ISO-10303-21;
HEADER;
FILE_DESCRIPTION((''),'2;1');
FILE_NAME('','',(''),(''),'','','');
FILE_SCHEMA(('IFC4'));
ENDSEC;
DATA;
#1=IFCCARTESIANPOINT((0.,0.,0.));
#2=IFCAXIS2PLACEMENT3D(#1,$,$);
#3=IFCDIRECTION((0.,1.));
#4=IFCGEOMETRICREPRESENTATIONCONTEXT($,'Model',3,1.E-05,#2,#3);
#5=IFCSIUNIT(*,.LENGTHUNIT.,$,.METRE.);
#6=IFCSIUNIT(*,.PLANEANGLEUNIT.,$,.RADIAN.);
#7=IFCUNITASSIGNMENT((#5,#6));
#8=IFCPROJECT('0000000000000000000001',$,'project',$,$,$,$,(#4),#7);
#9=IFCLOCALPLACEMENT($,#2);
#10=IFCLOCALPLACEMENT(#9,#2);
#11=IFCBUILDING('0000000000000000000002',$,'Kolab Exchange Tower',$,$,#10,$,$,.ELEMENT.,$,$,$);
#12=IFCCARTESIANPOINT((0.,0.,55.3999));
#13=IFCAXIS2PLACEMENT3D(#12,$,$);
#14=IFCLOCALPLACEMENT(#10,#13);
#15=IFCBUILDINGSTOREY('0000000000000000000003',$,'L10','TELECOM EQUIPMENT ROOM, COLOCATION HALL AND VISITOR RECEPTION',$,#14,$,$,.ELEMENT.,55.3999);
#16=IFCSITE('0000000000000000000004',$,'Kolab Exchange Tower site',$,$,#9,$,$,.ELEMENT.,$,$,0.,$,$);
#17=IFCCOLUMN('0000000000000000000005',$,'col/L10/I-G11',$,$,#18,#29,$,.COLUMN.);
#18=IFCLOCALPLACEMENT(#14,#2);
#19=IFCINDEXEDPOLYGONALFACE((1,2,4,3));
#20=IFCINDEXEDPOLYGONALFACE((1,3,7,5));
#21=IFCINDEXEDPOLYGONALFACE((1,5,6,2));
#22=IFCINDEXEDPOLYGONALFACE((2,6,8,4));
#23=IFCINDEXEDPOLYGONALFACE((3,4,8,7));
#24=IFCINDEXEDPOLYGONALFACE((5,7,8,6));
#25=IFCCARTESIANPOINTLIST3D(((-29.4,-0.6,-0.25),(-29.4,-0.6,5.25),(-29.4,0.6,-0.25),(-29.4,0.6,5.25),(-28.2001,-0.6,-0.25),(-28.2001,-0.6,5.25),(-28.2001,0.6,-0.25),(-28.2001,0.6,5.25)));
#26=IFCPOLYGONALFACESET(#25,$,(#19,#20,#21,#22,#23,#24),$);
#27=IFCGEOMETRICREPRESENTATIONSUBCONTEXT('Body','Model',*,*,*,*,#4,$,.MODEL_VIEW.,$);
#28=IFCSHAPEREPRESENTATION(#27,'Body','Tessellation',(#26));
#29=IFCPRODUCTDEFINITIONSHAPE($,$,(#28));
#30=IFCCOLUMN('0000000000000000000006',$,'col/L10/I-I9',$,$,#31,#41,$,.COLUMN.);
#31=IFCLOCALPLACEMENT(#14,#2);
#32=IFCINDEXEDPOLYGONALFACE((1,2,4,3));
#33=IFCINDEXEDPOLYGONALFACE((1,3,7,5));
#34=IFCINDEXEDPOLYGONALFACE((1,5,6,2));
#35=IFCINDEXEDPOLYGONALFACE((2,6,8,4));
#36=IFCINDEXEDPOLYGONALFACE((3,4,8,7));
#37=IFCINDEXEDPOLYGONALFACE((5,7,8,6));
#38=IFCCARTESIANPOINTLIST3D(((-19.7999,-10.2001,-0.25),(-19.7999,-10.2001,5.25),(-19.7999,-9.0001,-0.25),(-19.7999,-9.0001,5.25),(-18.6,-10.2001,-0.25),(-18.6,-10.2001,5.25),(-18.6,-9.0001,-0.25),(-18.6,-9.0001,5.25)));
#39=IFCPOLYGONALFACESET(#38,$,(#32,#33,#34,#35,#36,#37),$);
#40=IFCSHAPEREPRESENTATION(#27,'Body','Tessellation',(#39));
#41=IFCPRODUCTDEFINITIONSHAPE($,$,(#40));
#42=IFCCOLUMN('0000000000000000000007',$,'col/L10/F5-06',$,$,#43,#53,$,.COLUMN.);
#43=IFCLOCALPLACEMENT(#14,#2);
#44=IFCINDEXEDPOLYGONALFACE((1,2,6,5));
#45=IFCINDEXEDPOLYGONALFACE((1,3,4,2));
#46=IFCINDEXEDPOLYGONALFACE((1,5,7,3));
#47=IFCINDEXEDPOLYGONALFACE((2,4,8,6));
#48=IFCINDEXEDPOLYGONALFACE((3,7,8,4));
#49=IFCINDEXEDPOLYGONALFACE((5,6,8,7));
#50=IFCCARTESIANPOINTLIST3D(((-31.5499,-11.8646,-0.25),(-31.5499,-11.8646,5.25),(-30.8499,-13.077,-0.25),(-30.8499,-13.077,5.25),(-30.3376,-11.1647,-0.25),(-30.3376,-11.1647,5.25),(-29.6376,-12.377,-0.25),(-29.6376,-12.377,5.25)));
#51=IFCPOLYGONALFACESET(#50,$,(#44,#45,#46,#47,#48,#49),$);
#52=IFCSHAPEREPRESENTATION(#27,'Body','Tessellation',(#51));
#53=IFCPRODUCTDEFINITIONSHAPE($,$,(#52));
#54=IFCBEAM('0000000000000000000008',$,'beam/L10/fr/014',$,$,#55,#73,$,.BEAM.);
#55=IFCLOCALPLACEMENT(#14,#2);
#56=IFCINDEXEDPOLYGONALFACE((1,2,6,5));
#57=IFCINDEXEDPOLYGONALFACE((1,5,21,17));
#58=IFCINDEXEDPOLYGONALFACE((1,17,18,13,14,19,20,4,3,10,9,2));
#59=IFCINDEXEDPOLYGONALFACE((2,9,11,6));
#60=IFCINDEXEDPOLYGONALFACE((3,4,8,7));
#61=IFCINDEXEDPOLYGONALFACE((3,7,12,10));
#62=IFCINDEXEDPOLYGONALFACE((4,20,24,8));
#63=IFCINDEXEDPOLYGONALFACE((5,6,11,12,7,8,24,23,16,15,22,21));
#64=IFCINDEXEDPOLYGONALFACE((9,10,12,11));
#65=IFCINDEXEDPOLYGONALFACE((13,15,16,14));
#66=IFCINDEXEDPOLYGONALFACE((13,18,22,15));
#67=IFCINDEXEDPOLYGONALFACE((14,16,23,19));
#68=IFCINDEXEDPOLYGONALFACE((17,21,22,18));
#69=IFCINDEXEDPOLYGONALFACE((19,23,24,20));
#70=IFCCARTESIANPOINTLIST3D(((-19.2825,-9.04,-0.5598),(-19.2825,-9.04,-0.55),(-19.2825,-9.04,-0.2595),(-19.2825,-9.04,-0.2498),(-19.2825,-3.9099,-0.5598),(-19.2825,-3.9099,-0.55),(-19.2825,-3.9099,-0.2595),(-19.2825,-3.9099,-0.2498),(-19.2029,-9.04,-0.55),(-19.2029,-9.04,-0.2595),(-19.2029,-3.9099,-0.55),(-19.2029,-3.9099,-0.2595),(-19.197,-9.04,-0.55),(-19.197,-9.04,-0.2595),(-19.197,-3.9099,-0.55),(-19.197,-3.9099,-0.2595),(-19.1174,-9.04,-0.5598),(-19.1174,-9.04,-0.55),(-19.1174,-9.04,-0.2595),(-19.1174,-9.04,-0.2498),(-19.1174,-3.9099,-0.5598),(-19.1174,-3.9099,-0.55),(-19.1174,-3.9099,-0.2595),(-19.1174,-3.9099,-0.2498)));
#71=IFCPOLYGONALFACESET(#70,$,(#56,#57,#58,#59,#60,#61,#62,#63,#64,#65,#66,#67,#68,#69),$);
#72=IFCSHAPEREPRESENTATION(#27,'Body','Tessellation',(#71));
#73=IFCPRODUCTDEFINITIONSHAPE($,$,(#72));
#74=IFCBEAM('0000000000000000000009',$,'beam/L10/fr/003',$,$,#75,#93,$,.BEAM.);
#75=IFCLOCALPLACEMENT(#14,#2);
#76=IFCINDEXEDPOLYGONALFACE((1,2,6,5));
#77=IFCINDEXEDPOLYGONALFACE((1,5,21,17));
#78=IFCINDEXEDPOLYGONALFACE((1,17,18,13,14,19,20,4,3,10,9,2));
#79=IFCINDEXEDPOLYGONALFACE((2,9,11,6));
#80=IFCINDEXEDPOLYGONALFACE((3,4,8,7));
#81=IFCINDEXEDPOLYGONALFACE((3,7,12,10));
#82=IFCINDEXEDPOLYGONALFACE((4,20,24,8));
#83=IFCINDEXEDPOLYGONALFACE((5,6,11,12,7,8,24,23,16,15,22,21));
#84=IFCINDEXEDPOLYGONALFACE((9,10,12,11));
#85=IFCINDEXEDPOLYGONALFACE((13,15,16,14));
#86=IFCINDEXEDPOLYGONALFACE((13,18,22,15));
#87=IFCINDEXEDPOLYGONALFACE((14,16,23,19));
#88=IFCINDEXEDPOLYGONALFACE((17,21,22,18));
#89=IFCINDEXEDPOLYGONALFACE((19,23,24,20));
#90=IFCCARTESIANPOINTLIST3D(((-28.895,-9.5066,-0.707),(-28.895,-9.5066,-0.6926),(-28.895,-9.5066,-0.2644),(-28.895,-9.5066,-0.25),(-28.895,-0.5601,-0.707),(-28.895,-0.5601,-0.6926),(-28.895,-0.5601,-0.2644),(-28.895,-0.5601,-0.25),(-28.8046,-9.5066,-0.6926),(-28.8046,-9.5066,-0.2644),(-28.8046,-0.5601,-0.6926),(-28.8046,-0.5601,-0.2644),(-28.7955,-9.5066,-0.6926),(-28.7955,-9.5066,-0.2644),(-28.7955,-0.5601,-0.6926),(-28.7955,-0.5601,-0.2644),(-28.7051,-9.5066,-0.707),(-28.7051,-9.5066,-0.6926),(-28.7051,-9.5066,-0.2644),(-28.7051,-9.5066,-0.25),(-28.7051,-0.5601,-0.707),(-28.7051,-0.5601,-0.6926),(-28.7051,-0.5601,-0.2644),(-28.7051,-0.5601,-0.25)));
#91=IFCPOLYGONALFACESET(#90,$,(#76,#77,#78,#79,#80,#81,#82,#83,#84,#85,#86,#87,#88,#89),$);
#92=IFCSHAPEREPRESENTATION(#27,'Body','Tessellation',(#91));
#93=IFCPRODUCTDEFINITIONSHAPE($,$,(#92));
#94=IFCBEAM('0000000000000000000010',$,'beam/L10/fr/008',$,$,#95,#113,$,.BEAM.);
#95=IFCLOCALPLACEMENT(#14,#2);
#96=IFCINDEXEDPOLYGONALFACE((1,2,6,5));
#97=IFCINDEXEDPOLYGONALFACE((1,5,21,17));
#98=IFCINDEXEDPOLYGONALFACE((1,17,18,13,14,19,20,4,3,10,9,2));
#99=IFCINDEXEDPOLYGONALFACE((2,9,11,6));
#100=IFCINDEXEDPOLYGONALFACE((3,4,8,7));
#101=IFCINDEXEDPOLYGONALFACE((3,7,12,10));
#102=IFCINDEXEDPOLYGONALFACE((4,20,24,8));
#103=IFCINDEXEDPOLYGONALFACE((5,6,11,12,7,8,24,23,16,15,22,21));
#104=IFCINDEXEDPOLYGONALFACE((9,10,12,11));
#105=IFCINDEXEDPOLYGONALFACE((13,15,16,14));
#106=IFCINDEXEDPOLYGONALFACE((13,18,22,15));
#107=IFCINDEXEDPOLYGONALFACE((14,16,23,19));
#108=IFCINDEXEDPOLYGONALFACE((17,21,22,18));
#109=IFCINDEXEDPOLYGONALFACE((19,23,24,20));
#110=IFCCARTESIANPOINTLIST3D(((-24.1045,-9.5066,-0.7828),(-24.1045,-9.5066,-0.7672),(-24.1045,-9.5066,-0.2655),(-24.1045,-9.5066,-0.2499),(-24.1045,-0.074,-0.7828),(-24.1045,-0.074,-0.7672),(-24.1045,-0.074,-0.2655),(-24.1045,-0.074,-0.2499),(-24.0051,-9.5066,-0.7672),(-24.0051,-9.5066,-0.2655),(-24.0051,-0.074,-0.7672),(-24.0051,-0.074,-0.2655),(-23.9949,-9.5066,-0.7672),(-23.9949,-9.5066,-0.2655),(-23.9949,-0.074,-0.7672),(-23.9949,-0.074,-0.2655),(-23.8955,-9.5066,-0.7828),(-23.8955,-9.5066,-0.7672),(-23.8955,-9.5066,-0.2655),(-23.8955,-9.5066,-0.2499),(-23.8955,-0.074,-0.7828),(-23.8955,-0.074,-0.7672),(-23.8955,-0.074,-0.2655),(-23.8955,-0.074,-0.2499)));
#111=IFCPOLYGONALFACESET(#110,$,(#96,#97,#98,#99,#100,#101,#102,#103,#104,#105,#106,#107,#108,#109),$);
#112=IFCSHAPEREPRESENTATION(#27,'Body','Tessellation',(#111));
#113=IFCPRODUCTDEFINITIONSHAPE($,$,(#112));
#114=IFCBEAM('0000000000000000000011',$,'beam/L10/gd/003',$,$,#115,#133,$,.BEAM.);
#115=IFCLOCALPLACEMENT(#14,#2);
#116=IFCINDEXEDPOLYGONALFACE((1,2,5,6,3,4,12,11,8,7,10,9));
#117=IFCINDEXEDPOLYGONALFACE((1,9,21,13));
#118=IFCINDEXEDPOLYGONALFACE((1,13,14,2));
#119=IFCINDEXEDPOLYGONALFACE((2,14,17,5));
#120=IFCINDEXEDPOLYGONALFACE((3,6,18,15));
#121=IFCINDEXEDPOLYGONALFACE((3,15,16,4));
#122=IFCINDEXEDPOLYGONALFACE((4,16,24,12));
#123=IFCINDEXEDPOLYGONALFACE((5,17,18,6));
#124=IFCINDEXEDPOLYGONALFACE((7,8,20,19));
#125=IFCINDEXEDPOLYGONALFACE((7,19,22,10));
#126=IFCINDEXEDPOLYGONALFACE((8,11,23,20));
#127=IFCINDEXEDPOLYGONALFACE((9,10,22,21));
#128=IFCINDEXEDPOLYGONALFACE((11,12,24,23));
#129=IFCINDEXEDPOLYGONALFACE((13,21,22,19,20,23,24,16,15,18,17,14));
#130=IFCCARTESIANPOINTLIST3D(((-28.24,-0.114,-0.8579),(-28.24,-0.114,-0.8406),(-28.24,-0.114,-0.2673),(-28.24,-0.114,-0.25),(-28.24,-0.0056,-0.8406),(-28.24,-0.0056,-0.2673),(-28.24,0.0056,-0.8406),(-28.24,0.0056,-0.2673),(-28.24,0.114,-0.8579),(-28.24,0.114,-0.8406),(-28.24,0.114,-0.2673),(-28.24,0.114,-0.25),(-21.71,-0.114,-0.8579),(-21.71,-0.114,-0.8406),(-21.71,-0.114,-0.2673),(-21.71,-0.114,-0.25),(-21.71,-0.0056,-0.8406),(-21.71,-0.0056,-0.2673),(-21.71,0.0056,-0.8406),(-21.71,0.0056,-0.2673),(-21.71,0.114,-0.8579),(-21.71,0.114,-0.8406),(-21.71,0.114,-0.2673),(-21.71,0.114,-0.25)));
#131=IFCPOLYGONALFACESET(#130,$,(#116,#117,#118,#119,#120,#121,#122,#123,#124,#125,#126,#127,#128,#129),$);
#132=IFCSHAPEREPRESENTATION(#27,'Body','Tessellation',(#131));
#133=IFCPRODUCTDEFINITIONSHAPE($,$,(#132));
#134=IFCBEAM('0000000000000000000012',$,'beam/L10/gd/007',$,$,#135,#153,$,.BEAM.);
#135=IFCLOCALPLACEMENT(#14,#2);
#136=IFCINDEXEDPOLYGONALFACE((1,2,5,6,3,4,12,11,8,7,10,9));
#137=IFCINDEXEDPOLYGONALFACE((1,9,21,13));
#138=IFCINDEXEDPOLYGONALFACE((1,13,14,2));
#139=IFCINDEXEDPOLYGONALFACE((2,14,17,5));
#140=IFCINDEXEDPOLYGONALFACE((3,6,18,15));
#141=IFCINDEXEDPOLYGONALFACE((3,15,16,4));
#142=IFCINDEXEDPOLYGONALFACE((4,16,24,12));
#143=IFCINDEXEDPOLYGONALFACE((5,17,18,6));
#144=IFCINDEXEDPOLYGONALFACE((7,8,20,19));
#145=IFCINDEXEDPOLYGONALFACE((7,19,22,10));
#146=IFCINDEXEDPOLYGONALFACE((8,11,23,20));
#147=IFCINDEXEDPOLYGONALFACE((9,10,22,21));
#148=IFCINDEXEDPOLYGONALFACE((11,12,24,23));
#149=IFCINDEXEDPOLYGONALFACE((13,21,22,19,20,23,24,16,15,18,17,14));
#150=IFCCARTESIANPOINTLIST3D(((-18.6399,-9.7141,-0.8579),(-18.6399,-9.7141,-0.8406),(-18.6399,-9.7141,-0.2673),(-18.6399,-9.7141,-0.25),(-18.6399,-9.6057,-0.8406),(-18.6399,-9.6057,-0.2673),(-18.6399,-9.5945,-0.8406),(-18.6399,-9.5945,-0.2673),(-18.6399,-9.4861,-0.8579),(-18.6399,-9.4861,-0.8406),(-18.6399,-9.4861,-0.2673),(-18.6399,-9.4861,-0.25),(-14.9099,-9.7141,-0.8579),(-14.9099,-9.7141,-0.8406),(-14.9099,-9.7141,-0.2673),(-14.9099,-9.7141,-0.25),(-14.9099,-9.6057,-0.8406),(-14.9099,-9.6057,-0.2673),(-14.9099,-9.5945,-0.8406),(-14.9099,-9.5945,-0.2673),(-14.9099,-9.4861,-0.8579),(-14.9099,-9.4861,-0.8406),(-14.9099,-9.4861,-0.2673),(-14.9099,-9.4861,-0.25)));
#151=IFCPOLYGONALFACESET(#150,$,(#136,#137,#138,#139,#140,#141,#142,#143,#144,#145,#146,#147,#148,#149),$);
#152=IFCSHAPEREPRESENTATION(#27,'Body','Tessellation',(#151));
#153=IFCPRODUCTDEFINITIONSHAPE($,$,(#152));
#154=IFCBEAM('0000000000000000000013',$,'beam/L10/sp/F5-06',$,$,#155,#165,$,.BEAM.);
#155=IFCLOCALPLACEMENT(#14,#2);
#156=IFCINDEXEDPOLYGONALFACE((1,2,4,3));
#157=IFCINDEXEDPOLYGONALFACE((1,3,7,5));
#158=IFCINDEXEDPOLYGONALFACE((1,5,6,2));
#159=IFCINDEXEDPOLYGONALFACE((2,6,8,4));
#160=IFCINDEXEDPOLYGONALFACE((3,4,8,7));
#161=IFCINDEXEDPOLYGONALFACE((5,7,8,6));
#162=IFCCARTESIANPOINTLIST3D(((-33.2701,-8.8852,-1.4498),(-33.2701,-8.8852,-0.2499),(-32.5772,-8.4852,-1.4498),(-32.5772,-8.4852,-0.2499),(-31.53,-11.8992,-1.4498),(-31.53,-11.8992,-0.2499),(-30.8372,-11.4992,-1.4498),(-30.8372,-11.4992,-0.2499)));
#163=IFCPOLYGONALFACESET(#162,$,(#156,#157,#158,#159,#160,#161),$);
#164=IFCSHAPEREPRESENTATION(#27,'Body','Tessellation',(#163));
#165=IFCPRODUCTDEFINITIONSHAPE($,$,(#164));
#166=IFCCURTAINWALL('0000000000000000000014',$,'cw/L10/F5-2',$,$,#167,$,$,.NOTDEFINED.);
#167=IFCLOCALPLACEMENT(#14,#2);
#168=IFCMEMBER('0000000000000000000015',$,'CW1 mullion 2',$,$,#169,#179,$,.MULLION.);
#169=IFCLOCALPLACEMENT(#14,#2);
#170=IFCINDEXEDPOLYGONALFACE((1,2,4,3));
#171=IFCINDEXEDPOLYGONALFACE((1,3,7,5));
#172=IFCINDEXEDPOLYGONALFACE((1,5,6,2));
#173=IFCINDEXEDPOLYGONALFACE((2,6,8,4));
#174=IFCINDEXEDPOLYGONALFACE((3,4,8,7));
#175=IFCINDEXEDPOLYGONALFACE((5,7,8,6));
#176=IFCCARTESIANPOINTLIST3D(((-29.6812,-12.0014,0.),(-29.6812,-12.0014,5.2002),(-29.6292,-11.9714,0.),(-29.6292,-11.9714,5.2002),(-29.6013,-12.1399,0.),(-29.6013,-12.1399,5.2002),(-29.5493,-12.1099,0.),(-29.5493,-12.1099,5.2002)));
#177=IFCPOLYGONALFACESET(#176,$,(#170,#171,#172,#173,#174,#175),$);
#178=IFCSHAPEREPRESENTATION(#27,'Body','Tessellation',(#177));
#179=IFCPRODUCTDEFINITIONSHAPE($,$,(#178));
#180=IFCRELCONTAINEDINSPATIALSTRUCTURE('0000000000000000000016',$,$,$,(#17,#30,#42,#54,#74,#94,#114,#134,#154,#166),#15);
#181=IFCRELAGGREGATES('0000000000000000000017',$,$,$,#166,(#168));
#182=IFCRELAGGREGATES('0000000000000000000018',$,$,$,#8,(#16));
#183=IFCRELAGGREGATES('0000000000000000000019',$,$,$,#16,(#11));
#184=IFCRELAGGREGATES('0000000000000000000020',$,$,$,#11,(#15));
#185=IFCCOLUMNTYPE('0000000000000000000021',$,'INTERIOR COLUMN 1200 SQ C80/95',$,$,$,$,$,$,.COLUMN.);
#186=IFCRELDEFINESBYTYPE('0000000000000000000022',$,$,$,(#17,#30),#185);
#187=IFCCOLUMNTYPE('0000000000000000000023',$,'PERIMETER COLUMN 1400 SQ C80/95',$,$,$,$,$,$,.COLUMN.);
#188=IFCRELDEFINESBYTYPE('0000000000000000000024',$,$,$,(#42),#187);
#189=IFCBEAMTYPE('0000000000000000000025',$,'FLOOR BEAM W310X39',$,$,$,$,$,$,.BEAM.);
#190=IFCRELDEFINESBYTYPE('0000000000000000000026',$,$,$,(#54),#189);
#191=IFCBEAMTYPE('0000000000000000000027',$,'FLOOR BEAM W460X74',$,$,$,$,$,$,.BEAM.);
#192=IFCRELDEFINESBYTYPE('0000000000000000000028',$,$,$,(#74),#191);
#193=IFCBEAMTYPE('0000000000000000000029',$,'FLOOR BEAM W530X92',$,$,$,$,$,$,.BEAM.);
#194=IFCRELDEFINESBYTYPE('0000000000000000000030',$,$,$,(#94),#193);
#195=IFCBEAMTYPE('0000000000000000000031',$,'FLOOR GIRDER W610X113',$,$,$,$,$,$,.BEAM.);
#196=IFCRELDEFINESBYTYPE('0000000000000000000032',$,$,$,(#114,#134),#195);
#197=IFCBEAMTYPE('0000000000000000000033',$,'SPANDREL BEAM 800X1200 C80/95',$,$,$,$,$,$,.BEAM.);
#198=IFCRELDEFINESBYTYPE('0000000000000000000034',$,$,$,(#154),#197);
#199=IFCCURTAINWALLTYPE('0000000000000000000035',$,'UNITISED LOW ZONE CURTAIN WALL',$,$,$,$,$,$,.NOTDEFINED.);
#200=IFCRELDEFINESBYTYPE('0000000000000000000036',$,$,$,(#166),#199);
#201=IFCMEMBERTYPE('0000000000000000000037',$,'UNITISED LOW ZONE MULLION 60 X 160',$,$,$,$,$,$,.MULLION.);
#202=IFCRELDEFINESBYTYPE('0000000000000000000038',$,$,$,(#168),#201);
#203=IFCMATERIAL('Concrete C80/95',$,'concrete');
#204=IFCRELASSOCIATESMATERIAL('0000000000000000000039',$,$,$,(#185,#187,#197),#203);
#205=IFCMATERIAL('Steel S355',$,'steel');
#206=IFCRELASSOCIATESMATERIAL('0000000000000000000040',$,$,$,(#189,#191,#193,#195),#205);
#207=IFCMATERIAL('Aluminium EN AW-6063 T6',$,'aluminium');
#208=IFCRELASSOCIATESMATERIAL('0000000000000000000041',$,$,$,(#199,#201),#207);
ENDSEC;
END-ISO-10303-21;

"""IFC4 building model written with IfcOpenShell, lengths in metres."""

from ifc_helpers import new_model, si_unit, direction, frame, origin, origin_2d, place, context, subcontext, project, spatial, rectangle, i_section, extrude, material, material_profile, profile_set, type_object, element, aggregate, save


model = new_model("IFC4")

# Units and contexts
model_context = context("Model", 3, precision=1e-05, world=origin(), true_north=direction((0.0, 1.0)))
body_context = subcontext(model_context, "Body", "Model", "MODEL_VIEW")
ifc_project = project(units=[si_unit("LENGTHUNIT", "METRE"), si_unit("PLANEANGLEUNIT", "RADIAN")], contexts=[model_context])

# Site, building, storey
site_placement = place(None, origin())
site = spatial("IfcSite", under=ifc_project, at=site_placement, Name="Kolab Exchange Tower site", CompositionType="ELEMENT", RefElevation=0.0)
building_placement = place(site_placement, origin())
building = spatial("IfcBuilding", under=site, at=building_placement, Name="Kolab Exchange Tower", CompositionType="ELEMENT")
storey_placement = place(building_placement, frame((0.0, 0.0, 55.3999)))
storey = spatial("IfcBuildingStorey", under=building, at=storey_placement, Name="L10", Description="TELECOM EQUIPMENT ROOM, COLOCATION HALL AND VISITOR RECEPTION", CompositionType="ELEMENT", Elevation=55.3999)

# Columns
ifc_material_1 = material(Name="Concrete C80/95", Category="concrete")
ifc_material_profile_1 = material_profile(ifc_material_1, rectangle(XDim=1.2, YDim=1.2, at=origin_2d()), Name="RC1200")
ifc_profile_set_1 = profile_set([ifc_material_profile_1], Name="Concrete C80/95")
column_type_1 = type_object("IfcColumnType", Name="INTERIOR COLUMN 1200 SQ C80/95", PredefinedType="COLUMN", material=ifc_profile_set_1)
for number, where, z_axis, x_axis, name in (
    (1, (-28.8, 0.0, -0.25), (0.0, 0.0, 1.0), (1.0, 0.0, 0.0), "col/L10/I-G11"),
    (2, (-19.2, -9.6001, -0.25), (0.0, 0.0, 1.0), (1.0, 0.0, 0.0), "col/L10/I-I9"),
):
    element("IfcColumn", number, at=place(storey_placement, frame(where, z_axis=z_axis, x_axis=x_axis)), inside=storey, type_object=column_type_1, Name=name, PredefinedType="COLUMN", context=body_context, shape_type="SweptSolid", body=[
        extrude(rectangle(XDim=1.2, YDim=1.2, at=origin_2d()), origin(), (0.0, 0.0, 1.0), 5.5),
    ])
ifc_material_profile_2 = material_profile(ifc_material_1, rectangle(XDim=1.3999, YDim=1.3999, at=origin_2d()), Name="RC1400")
ifc_profile_set_2 = profile_set([ifc_material_profile_2], Name="Concrete C80/95")
column_type_2 = type_object("IfcColumnType", Name="PERIMETER COLUMN 1400 SQ C80/95", PredefinedType="COLUMN", material=ifc_profile_set_2)
column_placement = place(storey_placement, frame((-30.5938, -12.1208, -0.25), z_axis=(0.0, 0.0, 1.0), x_axis=(0.866025, 0.5, 0.0)))
element("IfcColumn", 3, at=column_placement, inside=storey, type_object=column_type_2, Name="col/L10/F5-06", PredefinedType="COLUMN", context=body_context, shape_type="SweptSolid", body=[
    extrude(rectangle(XDim=1.3999, YDim=1.3999, at=origin_2d()), origin(), (0.0, 0.0, 1.0), 5.5),
])

# Beams
ifc_material_2 = material(Name="Steel S355", Category="steel")
ifc_material_profile_3 = material_profile(ifc_material_2, i_section(OverallWidth=0.165, OverallDepth=0.3101, WebThickness=0.0059, FlangeThickness=0.0098, at=origin_2d()), Name="W310X39")
ifc_profile_set_3 = profile_set([ifc_material_profile_3], Name="Steel S355")
beam_type_1 = type_object("IfcBeamType", Name="FLOOR BEAM W310X39", PredefinedType="BEAM", material=ifc_profile_set_3)
beam_1_placement = place(storey_placement, frame((-19.2, -9.04, -0.4048), z_axis=(0.0, 1.0, 0.0), x_axis=(-1.0, 0.0, 0.0)))
element("IfcBeam", 4, at=beam_1_placement, inside=storey, type_object=beam_type_1, Name="beam/L10/fr/014", PredefinedType="BEAM", context=body_context, shape_type="SweptSolid", body=[
    extrude(i_section(OverallWidth=0.165, OverallDepth=0.3101, WebThickness=0.0059, FlangeThickness=0.0098, at=origin_2d()), origin(), (0.0, 0.0, 1.0), 5.1301),
])
ifc_material_profile_4 = material_profile(ifc_material_2, i_section(OverallWidth=0.1899, OverallDepth=0.457, WebThickness=0.009, FlangeThickness=0.0144, at=origin_2d()), Name="W460X74")
ifc_profile_set_4 = profile_set([ifc_material_profile_4], Name="Steel S355")
beam_type_2 = type_object("IfcBeamType", Name="FLOOR BEAM W460X74", PredefinedType="BEAM", material=ifc_profile_set_4)
beam_2_placement = place(storey_placement, frame((-28.8, -9.5066, -0.4785), z_axis=(0.0, 1.0, 0.0), x_axis=(-1.0, 0.0, 0.0)))
element("IfcBeam", 5, at=beam_2_placement, inside=storey, type_object=beam_type_2, Name="beam/L10/fr/003", PredefinedType="BEAM", context=body_context, shape_type="SweptSolid", body=[
    extrude(i_section(OverallWidth=0.1899, OverallDepth=0.457, WebThickness=0.009, FlangeThickness=0.0144, at=origin_2d()), origin(), (0.0, 0.0, 1.0), 8.9465),
])
ifc_material_profile_5 = material_profile(ifc_material_2, i_section(OverallWidth=0.209, OverallDepth=0.533, WebThickness=0.0103, FlangeThickness=0.0156, at=origin_2d()), Name="W530X92")
ifc_profile_set_5 = profile_set([ifc_material_profile_5], Name="Steel S355")
beam_type_3 = type_object("IfcBeamType", Name="FLOOR BEAM W530X92", PredefinedType="BEAM", material=ifc_profile_set_5)
beam_3_placement = place(storey_placement, frame((-24.0, -9.5066, -0.5164), z_axis=(0.0, 1.0, 0.0), x_axis=(-1.0, 0.0, 0.0)))
element("IfcBeam", 6, at=beam_3_placement, inside=storey, type_object=beam_type_3, Name="beam/L10/fr/008", PredefinedType="BEAM", context=body_context, shape_type="SweptSolid", body=[
    extrude(i_section(OverallWidth=0.209, OverallDepth=0.533, WebThickness=0.0103, FlangeThickness=0.0156, at=origin_2d()), origin(), (0.0, 0.0, 1.0), 9.4326),
])
ifc_material_profile_6 = material_profile(ifc_material_2, i_section(OverallWidth=0.228, OverallDepth=0.6079, WebThickness=0.0112, FlangeThickness=0.0173, at=origin_2d()), Name="W610X113")
ifc_profile_set_6 = profile_set([ifc_material_profile_6], Name="Steel S355")
beam_type_4 = type_object("IfcBeamType", Name="FLOOR GIRDER W610X113", PredefinedType="BEAM", material=ifc_profile_set_6)
beam_4_placement = place(storey_placement, frame((-28.24, 0.0, -0.554), z_axis=(1.0, 0.0, 0.0), x_axis=(0.0, 1.0, 0.0)))
element("IfcBeam", 7, at=beam_4_placement, inside=storey, type_object=beam_type_4, Name="beam/L10/gd/003", PredefinedType="BEAM", context=body_context, shape_type="SweptSolid", body=[
    extrude(i_section(OverallWidth=0.228, OverallDepth=0.6079, WebThickness=0.0112, FlangeThickness=0.0173, at=origin_2d()), origin(), (0.0, 0.0, 1.0), 6.53),
])
beam_5_placement = place(storey_placement, frame((-18.6399, -9.6001, -0.554), z_axis=(1.0, 0.0, 0.0), x_axis=(0.0, 1.0, 0.0)))
element("IfcBeam", 8, at=beam_5_placement, inside=storey, type_object=beam_type_4, Name="beam/L10/gd/007", PredefinedType="BEAM", context=body_context, shape_type="SweptSolid", body=[
    extrude(i_section(OverallWidth=0.228, OverallDepth=0.6079, WebThickness=0.0112, FlangeThickness=0.0173, at=origin_2d()), origin(), (0.0, 0.0, 1.0), 3.73),
])
ifc_material_profile_7 = material_profile(ifc_material_1, rectangle(XDim=0.8, YDim=1.2, at=origin_2d()), Name="RC800X1200")
ifc_profile_set_7 = profile_set([ifc_material_profile_7], Name="Concrete C80/95")
beam_type_5 = type_object("IfcBeamType", Name="SPANDREL BEAM 800X1200 C80/95", PredefinedType="BEAM", material=ifc_profile_set_7)
beam_6_placement = place(storey_placement, frame((-31.1836, -11.6992, -0.8499), z_axis=(-0.49998, 0.866037, 0.0), x_axis=(-0.866037, -0.49998, 0.0)))
element("IfcBeam", 9, at=beam_6_placement, inside=storey, type_object=beam_type_5, Name="beam/L10/sp/F5-06", PredefinedType="BEAM", context=body_context, shape_type="SweptSolid", body=[
    extrude(rectangle(XDim=0.8, YDim=1.2, at=origin_2d()), origin(), (0.0, 0.0, 1.0), 3.4802),
])

# Curtain wall, member
ifc_material_3 = material(Name="Aluminium EN AW-6063 T6", Category="aluminium")
curtain_wall_type = type_object("IfcCurtainWallType", Name="UNITISED LOW ZONE CURTAIN WALL", PredefinedType="NOTDEFINED", material=ifc_material_3)
curtain_wall_placement = place(storey_placement, origin())
curtain_wall = element("IfcCurtainWall", 10, at=curtain_wall_placement, inside=storey, type_object=curtain_wall_type, Name="cw/L10/F5-2", PredefinedType="NOTDEFINED")
ifc_material_profile_8 = material_profile(ifc_material_3, rectangle(XDim=0.0601, YDim=0.1599, at=origin_2d()), Name="RECT 60X160")
ifc_profile_set_8 = profile_set([ifc_material_profile_8], Name="Aluminium EN AW-6063 T6")
member_type_1 = type_object("IfcMemberType", Name="UNITISED LOW ZONE MULLION 60 X 160", PredefinedType="MULLION", material=ifc_profile_set_8)
member_1_placement = place(storey_placement, frame((-29.6152, -12.0557, 0.0), z_axis=(0.0, 0.0, 1.0), x_axis=(-0.866025, -0.5, 0.0)))
member_1 = element("IfcMember", 11, at=member_1_placement, type_object=member_type_1, Name="CW1 mullion 2", PredefinedType="MULLION", context=body_context, shape_type="SweptSolid", body=[
    extrude(rectangle(XDim=0.0601, YDim=0.1599, at=origin_2d()), origin(), (0.0, 0.0, 1.0), 5.2002),
])
aggregate(curtain_wall, [member_1])

save(model, "model.ifc")
